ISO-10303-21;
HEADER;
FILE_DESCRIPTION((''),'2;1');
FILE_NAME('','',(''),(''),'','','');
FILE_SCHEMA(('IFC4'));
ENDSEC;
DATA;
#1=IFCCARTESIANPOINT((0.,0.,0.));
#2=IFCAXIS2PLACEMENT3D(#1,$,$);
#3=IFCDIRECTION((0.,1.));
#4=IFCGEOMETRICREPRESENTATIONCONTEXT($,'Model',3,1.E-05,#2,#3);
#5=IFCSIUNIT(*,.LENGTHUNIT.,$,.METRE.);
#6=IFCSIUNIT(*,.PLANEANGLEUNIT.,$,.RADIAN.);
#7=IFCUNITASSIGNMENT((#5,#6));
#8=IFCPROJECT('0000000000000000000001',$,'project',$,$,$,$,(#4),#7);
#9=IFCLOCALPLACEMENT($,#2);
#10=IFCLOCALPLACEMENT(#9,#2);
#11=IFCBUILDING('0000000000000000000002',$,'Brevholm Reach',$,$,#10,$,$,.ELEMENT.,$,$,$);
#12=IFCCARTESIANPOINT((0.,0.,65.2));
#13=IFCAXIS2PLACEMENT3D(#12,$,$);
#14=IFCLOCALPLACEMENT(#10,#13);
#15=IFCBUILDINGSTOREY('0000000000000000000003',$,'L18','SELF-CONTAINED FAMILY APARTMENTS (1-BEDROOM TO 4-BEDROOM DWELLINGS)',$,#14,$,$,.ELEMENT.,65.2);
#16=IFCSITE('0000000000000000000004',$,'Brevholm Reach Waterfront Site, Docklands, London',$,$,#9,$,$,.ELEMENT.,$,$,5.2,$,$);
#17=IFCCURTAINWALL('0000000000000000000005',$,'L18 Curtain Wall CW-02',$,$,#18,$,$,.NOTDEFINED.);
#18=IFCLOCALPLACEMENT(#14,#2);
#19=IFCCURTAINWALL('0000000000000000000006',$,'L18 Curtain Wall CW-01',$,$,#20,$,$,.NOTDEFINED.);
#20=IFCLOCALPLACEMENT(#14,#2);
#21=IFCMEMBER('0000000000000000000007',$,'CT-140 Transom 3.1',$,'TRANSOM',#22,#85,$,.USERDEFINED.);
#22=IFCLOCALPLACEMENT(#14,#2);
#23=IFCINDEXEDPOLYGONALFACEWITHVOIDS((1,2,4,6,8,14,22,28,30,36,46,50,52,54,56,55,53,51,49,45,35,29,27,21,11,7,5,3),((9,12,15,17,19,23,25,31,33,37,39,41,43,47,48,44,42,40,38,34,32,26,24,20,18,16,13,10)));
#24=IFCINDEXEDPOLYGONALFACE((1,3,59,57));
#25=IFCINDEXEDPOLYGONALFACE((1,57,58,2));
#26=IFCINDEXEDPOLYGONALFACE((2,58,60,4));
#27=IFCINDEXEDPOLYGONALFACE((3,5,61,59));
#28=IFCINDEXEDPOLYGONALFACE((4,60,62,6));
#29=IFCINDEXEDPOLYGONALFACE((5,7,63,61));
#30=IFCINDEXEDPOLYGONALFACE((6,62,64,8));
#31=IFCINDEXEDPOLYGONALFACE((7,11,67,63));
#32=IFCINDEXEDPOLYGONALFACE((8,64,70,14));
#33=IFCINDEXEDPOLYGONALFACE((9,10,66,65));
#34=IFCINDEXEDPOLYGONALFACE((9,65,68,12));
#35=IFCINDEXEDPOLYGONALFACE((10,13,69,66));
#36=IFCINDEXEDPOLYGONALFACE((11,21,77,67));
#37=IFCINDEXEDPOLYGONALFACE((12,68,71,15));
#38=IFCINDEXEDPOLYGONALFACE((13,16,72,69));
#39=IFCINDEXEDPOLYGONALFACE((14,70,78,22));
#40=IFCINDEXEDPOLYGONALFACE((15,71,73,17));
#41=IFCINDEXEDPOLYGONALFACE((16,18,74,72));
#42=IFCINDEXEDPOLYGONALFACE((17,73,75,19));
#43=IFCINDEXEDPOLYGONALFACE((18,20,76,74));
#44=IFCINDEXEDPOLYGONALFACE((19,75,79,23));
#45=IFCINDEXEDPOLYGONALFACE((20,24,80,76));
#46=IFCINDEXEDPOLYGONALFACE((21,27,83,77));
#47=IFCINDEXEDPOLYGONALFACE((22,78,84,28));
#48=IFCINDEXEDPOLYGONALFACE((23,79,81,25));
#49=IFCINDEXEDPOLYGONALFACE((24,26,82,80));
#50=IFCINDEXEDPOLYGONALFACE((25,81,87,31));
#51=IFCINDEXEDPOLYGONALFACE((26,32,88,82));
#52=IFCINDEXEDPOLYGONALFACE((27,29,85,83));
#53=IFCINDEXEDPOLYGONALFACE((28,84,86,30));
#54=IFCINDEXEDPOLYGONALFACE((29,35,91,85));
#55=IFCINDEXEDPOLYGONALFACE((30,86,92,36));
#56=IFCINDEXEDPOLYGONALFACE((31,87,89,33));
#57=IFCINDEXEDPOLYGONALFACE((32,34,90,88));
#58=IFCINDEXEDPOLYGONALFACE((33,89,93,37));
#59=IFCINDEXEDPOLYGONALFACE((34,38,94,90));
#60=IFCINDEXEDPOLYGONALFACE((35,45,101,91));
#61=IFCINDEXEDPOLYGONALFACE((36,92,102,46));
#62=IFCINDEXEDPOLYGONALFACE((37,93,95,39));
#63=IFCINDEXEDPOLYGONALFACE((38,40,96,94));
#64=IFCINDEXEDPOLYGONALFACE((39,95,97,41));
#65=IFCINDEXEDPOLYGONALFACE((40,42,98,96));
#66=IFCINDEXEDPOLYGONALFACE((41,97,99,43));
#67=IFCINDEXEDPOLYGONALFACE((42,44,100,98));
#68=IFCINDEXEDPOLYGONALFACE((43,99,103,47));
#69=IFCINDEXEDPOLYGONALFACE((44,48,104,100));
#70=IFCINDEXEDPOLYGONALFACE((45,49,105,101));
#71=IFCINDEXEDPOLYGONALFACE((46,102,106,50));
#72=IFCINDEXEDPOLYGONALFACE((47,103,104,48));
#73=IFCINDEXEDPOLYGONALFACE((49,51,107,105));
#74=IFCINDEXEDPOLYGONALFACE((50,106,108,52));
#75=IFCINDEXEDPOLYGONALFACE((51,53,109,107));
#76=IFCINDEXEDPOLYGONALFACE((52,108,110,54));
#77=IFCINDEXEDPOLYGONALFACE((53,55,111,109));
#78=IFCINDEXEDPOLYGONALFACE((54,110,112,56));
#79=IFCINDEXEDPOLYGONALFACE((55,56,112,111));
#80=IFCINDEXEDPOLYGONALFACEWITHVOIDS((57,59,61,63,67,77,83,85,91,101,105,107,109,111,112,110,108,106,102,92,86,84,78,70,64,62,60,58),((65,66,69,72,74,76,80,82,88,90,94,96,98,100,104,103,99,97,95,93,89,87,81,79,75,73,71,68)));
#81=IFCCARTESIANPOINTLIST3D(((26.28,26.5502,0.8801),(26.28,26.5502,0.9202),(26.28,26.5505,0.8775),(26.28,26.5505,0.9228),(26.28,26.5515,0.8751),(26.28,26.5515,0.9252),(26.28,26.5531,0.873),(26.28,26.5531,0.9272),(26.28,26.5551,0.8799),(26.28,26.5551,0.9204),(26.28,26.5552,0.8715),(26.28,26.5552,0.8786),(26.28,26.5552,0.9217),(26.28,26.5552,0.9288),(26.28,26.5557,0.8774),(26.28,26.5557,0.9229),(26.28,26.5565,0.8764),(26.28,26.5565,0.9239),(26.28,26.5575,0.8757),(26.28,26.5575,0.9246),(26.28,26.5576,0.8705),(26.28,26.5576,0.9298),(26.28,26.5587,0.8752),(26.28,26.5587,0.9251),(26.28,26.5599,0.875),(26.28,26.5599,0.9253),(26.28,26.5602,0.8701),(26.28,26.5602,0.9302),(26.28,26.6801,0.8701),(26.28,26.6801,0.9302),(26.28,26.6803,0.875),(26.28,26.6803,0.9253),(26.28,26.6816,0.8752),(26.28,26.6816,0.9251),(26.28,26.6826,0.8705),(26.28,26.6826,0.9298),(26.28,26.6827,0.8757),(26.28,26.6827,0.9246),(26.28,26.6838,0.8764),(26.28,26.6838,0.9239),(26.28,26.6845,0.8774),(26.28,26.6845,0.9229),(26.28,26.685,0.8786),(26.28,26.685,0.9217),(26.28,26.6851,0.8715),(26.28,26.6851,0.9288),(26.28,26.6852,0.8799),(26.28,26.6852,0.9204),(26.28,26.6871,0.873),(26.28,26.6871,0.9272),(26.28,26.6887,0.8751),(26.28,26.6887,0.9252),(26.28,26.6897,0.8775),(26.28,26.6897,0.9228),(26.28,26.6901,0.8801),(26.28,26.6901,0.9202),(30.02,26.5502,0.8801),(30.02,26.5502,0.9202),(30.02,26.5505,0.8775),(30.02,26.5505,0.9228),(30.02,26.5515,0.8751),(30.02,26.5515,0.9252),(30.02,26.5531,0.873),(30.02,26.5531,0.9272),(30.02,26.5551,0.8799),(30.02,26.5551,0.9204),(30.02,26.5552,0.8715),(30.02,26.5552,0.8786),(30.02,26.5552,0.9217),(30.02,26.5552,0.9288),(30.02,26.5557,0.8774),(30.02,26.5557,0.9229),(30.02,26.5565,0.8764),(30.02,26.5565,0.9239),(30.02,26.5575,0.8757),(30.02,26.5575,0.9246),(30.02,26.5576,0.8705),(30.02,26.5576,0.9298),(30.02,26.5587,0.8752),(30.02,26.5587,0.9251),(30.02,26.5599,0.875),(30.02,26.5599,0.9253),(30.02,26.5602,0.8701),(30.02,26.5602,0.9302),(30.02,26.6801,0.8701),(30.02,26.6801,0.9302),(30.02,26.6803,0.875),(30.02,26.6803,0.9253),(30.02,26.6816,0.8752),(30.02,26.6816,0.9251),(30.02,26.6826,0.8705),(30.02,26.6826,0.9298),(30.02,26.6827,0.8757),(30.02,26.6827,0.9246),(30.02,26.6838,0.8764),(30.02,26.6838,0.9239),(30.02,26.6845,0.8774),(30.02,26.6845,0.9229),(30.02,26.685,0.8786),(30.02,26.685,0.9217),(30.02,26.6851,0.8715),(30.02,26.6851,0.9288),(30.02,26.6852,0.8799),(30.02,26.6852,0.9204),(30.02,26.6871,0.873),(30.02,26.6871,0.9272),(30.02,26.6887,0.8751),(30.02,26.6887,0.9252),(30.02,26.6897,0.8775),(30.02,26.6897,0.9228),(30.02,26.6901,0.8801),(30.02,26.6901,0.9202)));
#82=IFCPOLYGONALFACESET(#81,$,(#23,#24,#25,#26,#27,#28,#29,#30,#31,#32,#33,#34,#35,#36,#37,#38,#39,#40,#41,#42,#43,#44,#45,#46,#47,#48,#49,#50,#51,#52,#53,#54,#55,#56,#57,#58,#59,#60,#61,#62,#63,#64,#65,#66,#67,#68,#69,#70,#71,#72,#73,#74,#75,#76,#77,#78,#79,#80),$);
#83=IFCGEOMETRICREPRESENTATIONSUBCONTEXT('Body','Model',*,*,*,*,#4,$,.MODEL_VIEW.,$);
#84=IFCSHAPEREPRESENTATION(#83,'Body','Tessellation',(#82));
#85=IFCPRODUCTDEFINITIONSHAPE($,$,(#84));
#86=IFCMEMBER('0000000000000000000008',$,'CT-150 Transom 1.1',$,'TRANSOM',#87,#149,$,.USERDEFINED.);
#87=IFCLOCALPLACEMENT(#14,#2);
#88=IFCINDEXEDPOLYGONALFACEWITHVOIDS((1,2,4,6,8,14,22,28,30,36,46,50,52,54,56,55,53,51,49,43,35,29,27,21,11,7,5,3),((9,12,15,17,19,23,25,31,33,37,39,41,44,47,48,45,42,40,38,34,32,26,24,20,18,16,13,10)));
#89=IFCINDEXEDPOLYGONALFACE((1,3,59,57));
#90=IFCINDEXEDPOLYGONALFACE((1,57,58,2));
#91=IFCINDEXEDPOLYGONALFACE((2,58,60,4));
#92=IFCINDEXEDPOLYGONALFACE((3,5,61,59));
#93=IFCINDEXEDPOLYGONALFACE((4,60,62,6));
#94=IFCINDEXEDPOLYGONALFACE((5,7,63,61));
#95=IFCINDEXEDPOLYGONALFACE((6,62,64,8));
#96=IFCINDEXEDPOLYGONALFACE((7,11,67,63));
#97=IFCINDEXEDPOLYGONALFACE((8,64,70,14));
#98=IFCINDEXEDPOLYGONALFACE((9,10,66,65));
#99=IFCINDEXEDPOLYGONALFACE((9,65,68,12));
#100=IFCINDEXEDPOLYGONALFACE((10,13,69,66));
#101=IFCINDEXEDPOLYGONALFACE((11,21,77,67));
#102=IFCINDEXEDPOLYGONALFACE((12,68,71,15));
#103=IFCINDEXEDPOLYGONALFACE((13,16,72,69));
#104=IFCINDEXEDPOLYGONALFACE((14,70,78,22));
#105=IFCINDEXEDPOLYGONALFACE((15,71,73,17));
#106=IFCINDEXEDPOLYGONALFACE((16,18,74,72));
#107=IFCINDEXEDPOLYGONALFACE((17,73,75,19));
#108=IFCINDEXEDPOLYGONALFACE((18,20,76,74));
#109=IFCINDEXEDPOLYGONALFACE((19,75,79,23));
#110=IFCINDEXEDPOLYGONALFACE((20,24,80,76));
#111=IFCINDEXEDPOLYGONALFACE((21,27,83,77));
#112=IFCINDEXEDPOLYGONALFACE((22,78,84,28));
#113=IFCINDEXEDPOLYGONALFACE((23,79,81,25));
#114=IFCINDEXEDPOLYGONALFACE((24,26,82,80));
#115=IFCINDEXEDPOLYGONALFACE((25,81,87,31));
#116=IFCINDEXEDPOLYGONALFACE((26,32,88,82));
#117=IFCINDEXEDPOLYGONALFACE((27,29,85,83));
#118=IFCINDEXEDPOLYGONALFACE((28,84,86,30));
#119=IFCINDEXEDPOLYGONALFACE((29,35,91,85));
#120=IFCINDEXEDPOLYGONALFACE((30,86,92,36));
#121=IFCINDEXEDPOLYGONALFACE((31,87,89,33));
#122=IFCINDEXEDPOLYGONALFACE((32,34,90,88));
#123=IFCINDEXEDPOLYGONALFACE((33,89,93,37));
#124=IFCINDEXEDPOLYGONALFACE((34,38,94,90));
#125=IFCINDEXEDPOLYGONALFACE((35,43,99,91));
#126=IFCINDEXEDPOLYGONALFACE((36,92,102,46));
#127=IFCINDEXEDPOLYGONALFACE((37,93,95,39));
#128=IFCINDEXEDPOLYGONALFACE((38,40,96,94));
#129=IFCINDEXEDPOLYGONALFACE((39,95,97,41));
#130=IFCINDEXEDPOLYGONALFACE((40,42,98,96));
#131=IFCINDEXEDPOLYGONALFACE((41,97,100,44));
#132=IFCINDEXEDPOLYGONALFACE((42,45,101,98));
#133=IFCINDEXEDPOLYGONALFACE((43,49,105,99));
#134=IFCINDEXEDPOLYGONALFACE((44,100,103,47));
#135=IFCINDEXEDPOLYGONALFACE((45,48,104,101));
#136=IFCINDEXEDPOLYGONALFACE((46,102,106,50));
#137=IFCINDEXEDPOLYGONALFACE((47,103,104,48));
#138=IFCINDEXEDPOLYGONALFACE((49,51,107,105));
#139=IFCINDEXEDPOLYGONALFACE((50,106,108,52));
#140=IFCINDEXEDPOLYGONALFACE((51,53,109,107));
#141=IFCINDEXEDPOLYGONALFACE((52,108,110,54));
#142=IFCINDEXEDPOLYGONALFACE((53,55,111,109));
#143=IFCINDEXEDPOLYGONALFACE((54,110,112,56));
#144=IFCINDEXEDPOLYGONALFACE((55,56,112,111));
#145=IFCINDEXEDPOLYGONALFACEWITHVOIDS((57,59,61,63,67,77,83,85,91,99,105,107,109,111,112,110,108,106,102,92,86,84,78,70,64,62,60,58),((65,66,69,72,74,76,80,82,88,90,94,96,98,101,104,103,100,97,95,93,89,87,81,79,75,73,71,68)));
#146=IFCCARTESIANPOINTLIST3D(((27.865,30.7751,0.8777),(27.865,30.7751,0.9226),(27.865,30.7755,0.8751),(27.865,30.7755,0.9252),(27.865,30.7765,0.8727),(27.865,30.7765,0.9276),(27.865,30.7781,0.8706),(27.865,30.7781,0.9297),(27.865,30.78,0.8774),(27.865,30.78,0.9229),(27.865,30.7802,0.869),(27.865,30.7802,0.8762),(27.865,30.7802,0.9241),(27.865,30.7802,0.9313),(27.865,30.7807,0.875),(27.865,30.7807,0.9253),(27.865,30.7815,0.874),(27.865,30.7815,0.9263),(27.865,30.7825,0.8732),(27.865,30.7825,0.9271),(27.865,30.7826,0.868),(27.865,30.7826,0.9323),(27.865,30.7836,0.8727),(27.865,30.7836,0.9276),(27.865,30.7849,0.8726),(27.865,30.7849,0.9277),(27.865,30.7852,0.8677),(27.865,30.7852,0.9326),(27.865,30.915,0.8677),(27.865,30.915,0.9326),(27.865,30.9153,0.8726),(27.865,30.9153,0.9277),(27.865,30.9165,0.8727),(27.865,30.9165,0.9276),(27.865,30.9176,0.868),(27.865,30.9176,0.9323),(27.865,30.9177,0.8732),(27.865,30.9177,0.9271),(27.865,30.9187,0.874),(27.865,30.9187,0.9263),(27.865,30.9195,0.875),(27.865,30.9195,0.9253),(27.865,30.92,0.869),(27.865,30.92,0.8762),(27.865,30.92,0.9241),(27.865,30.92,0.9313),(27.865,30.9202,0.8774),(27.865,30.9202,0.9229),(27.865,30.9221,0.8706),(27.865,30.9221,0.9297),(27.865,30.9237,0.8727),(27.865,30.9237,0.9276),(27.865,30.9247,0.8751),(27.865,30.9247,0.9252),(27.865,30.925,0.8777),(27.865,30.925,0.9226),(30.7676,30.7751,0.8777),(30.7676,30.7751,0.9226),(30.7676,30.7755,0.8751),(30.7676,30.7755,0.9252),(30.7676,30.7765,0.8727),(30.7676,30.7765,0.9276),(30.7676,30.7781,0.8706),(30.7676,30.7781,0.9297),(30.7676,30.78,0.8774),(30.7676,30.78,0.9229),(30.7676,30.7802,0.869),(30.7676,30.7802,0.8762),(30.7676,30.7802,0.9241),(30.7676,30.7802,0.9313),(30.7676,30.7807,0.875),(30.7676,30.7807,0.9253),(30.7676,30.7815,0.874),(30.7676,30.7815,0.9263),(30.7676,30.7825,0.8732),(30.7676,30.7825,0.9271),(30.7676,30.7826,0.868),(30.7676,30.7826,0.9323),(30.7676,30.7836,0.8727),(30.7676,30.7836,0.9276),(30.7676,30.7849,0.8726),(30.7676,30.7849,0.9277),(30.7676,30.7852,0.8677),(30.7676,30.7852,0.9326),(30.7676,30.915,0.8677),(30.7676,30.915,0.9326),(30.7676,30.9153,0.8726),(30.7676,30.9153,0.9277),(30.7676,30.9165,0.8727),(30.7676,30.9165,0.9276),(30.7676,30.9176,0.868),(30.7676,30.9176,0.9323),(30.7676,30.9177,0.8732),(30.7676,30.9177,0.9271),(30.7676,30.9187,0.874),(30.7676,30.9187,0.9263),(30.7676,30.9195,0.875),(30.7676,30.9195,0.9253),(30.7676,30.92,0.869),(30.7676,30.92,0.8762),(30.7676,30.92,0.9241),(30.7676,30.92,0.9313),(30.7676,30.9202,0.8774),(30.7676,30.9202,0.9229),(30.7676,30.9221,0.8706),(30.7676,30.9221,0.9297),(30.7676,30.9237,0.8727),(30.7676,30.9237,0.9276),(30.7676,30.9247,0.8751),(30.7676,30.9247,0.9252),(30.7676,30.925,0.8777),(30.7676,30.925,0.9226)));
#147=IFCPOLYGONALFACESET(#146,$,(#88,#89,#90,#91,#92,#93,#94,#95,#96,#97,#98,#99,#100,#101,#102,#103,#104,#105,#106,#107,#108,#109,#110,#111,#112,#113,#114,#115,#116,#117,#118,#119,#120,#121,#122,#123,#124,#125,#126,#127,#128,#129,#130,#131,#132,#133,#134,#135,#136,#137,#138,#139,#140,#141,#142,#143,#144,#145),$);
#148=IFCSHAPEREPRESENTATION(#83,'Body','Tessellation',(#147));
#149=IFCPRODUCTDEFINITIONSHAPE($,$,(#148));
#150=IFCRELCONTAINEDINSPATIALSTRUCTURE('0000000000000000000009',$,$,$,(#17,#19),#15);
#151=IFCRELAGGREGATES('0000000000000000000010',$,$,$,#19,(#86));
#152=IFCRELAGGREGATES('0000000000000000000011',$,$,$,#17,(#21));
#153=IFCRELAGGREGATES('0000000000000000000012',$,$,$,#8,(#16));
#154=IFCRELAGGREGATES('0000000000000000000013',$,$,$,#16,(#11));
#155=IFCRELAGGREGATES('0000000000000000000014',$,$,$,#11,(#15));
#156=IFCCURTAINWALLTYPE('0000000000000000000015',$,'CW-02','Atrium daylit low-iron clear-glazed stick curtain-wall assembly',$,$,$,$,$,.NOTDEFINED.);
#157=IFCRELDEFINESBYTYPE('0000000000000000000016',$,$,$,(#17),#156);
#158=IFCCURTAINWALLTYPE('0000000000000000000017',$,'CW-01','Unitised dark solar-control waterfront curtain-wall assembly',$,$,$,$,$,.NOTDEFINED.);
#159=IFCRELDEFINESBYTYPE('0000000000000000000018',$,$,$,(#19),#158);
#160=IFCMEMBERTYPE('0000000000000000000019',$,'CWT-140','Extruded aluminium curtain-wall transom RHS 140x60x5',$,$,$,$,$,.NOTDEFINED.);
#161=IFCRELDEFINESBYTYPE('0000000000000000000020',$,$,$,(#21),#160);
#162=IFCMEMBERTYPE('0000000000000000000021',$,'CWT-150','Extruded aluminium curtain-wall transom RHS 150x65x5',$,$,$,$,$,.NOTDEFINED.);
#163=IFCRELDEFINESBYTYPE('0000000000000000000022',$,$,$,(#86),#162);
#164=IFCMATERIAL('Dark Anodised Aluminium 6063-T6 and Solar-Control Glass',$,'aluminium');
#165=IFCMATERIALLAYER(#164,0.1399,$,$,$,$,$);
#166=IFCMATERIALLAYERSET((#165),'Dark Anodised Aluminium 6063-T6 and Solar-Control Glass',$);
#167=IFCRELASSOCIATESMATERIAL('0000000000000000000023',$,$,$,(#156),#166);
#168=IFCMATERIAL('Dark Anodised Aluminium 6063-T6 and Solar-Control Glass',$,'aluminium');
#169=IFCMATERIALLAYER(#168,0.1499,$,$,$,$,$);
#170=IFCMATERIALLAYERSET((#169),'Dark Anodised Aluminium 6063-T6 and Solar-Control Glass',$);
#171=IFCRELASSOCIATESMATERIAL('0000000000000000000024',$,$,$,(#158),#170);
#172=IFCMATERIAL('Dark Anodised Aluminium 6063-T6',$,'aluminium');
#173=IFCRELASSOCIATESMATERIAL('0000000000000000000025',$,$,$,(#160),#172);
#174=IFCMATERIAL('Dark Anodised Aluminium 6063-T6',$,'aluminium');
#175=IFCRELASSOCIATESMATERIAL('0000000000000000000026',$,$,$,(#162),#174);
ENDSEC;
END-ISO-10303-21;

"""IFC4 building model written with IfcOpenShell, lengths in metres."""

from ifc_helpers import new_model, si_unit, direction, frame, origin, origin_2d, place, context, subcontext, project, spatial, hollow_rectangle, extrude, material, layer, layer_set, material_profile, profile_set, type_object, element, aggregate, save


model = new_model("IFC4")

# Units and contexts
model_context = context("Model", 3, precision=1e-05, world=origin(), true_north=direction((0.0, 1.0)))
body_context = subcontext(model_context, "Body", "Model", "MODEL_VIEW")
ifc_project = project(units=[si_unit("LENGTHUNIT", "METRE"), si_unit("PLANEANGLEUNIT", "RADIAN")], contexts=[model_context])

# Site, building, storey
site_placement = place(None, origin())
site = spatial("IfcSite", under=ifc_project, at=site_placement, Name="Brevholm Reach Waterfront Site, Docklands, London", CompositionType="ELEMENT", RefElevation=5.2)
building_placement = place(site_placement, origin())
building = spatial("IfcBuilding", under=site, at=building_placement, Name="Brevholm Reach", CompositionType="ELEMENT")
storey_placement = place(building_placement, frame((0.0, 0.0, 65.2)))
storey = spatial("IfcBuildingStorey", under=building, at=storey_placement, Name="L18", Description="SELF-CONTAINED FAMILY APARTMENTS (1-BEDROOM TO 4-BEDROOM DWELLINGS)", CompositionType="ELEMENT", Elevation=65.2)

# Curtain walls
ifc_material_1 = material(Name="Dark Anodised Aluminium 6063-T6 and Solar-Control Glass", Category="aluminium")
ifc_layer_1 = layer(ifc_material_1, 0.1399)
ifc_layer_set_1 = layer_set([ifc_layer_1], Name="Dark Anodised Aluminium 6063-T6 and Solar-Control Glass")
curtain_wall_type_1 = type_object("IfcCurtainWallType", Name="CW-02", Description="Atrium daylit low-iron clear-glazed stick curtain-wall assembly", PredefinedType="NOTDEFINED", material=ifc_layer_set_1)
curtain_wall_1_placement = place(storey_placement, origin())
curtain_wall_1 = element("IfcCurtainWall", 1, at=curtain_wall_1_placement, inside=storey, type_object=curtain_wall_type_1, Name="L18 Curtain Wall CW-02", PredefinedType="NOTDEFINED")
ifc_material_2 = material(Name="Dark Anodised Aluminium 6063-T6 and Solar-Control Glass", Category="aluminium")
ifc_layer_2 = layer(ifc_material_2, 0.1499)
ifc_layer_set_2 = layer_set([ifc_layer_2], Name="Dark Anodised Aluminium 6063-T6 and Solar-Control Glass")
curtain_wall_type_2 = type_object("IfcCurtainWallType", Name="CW-01", Description="Unitised dark solar-control waterfront curtain-wall assembly", PredefinedType="NOTDEFINED", material=ifc_layer_set_2)
curtain_wall_2_placement = place(storey_placement, origin())
curtain_wall_2 = element("IfcCurtainWall", 2, at=curtain_wall_2_placement, inside=storey, type_object=curtain_wall_type_2, Name="L18 Curtain Wall CW-01", PredefinedType="NOTDEFINED")

# Members
ifc_material_3 = material(Name="Dark Anodised Aluminium 6063-T6", Category="aluminium")
ifc_material_profile_1 = material_profile(ifc_material_3, hollow_rectangle(XDim=0.0601, YDim=0.1399, WallThickness=0.0049, InnerFilletRadius=0.0049, OuterFilletRadius=0.01, at=origin_2d()), Name="RHS 140x60x5")
ifc_profile_set_1 = profile_set([ifc_material_profile_1], Name="Dark Anodised Aluminium 6063-T6")
member_type_1 = type_object("IfcMemberType", Name="CWT-140", Description="Extruded aluminium curtain-wall transom RHS 140x60x5", PredefinedType="NOTDEFINED", material=ifc_profile_set_1)
member_1_placement = place(storey_placement, frame((30.02, 26.6201, 0.9001), z_axis=(-1.0, 0.0, 0.0), x_axis=(0.0, 0.0, 1.0)))
member_1 = element("IfcMember", 3, at=member_1_placement, type_object=member_type_1, Name="CT-140 Transom 3.1", ObjectType="TRANSOM", PredefinedType="USERDEFINED", context=body_context, shape_type="SweptSolid", body=[
    extrude(hollow_rectangle(XDim=0.0601, YDim=0.1399, WallThickness=0.0049, InnerFilletRadius=0.0049, OuterFilletRadius=0.01, at=origin_2d()), origin(), (0.0, 0.0, 1.0), 3.74),
])
ifc_material_4 = material(Name="Dark Anodised Aluminium 6063-T6", Category="aluminium")
ifc_material_profile_2 = material_profile(ifc_material_4, hollow_rectangle(XDim=0.0649, YDim=0.1499, WallThickness=0.0049, InnerFilletRadius=0.0049, OuterFilletRadius=0.01, at=origin_2d()), Name="RHS 150x65x5")
ifc_profile_set_2 = profile_set([ifc_material_profile_2], Name="Dark Anodised Aluminium 6063-T6")
member_type_2 = type_object("IfcMemberType", Name="CWT-150", Description="Extruded aluminium curtain-wall transom RHS 150x65x5", PredefinedType="NOTDEFINED", material=ifc_profile_set_2)
member_2_placement = place(storey_placement, frame((27.865, 30.8501, 0.9001), z_axis=(1.0, 0.0, 0.0), x_axis=(0.0, 0.0, 1.0)))
member_2 = element("IfcMember", 4, at=member_2_placement, type_object=member_type_2, Name="CT-150 Transom 1.1", ObjectType="TRANSOM", PredefinedType="USERDEFINED", context=body_context, shape_type="SweptSolid", body=[
    extrude(hollow_rectangle(XDim=0.0649, YDim=0.1499, WallThickness=0.0049, InnerFilletRadius=0.0049, OuterFilletRadius=0.01, at=origin_2d()), origin(), (0.0, 0.0, 1.0), 2.9026),
])

aggregate(curtain_wall_2, [member_2])
aggregate(curtain_wall_1, [member_1])

save(model, "model.ifc")
